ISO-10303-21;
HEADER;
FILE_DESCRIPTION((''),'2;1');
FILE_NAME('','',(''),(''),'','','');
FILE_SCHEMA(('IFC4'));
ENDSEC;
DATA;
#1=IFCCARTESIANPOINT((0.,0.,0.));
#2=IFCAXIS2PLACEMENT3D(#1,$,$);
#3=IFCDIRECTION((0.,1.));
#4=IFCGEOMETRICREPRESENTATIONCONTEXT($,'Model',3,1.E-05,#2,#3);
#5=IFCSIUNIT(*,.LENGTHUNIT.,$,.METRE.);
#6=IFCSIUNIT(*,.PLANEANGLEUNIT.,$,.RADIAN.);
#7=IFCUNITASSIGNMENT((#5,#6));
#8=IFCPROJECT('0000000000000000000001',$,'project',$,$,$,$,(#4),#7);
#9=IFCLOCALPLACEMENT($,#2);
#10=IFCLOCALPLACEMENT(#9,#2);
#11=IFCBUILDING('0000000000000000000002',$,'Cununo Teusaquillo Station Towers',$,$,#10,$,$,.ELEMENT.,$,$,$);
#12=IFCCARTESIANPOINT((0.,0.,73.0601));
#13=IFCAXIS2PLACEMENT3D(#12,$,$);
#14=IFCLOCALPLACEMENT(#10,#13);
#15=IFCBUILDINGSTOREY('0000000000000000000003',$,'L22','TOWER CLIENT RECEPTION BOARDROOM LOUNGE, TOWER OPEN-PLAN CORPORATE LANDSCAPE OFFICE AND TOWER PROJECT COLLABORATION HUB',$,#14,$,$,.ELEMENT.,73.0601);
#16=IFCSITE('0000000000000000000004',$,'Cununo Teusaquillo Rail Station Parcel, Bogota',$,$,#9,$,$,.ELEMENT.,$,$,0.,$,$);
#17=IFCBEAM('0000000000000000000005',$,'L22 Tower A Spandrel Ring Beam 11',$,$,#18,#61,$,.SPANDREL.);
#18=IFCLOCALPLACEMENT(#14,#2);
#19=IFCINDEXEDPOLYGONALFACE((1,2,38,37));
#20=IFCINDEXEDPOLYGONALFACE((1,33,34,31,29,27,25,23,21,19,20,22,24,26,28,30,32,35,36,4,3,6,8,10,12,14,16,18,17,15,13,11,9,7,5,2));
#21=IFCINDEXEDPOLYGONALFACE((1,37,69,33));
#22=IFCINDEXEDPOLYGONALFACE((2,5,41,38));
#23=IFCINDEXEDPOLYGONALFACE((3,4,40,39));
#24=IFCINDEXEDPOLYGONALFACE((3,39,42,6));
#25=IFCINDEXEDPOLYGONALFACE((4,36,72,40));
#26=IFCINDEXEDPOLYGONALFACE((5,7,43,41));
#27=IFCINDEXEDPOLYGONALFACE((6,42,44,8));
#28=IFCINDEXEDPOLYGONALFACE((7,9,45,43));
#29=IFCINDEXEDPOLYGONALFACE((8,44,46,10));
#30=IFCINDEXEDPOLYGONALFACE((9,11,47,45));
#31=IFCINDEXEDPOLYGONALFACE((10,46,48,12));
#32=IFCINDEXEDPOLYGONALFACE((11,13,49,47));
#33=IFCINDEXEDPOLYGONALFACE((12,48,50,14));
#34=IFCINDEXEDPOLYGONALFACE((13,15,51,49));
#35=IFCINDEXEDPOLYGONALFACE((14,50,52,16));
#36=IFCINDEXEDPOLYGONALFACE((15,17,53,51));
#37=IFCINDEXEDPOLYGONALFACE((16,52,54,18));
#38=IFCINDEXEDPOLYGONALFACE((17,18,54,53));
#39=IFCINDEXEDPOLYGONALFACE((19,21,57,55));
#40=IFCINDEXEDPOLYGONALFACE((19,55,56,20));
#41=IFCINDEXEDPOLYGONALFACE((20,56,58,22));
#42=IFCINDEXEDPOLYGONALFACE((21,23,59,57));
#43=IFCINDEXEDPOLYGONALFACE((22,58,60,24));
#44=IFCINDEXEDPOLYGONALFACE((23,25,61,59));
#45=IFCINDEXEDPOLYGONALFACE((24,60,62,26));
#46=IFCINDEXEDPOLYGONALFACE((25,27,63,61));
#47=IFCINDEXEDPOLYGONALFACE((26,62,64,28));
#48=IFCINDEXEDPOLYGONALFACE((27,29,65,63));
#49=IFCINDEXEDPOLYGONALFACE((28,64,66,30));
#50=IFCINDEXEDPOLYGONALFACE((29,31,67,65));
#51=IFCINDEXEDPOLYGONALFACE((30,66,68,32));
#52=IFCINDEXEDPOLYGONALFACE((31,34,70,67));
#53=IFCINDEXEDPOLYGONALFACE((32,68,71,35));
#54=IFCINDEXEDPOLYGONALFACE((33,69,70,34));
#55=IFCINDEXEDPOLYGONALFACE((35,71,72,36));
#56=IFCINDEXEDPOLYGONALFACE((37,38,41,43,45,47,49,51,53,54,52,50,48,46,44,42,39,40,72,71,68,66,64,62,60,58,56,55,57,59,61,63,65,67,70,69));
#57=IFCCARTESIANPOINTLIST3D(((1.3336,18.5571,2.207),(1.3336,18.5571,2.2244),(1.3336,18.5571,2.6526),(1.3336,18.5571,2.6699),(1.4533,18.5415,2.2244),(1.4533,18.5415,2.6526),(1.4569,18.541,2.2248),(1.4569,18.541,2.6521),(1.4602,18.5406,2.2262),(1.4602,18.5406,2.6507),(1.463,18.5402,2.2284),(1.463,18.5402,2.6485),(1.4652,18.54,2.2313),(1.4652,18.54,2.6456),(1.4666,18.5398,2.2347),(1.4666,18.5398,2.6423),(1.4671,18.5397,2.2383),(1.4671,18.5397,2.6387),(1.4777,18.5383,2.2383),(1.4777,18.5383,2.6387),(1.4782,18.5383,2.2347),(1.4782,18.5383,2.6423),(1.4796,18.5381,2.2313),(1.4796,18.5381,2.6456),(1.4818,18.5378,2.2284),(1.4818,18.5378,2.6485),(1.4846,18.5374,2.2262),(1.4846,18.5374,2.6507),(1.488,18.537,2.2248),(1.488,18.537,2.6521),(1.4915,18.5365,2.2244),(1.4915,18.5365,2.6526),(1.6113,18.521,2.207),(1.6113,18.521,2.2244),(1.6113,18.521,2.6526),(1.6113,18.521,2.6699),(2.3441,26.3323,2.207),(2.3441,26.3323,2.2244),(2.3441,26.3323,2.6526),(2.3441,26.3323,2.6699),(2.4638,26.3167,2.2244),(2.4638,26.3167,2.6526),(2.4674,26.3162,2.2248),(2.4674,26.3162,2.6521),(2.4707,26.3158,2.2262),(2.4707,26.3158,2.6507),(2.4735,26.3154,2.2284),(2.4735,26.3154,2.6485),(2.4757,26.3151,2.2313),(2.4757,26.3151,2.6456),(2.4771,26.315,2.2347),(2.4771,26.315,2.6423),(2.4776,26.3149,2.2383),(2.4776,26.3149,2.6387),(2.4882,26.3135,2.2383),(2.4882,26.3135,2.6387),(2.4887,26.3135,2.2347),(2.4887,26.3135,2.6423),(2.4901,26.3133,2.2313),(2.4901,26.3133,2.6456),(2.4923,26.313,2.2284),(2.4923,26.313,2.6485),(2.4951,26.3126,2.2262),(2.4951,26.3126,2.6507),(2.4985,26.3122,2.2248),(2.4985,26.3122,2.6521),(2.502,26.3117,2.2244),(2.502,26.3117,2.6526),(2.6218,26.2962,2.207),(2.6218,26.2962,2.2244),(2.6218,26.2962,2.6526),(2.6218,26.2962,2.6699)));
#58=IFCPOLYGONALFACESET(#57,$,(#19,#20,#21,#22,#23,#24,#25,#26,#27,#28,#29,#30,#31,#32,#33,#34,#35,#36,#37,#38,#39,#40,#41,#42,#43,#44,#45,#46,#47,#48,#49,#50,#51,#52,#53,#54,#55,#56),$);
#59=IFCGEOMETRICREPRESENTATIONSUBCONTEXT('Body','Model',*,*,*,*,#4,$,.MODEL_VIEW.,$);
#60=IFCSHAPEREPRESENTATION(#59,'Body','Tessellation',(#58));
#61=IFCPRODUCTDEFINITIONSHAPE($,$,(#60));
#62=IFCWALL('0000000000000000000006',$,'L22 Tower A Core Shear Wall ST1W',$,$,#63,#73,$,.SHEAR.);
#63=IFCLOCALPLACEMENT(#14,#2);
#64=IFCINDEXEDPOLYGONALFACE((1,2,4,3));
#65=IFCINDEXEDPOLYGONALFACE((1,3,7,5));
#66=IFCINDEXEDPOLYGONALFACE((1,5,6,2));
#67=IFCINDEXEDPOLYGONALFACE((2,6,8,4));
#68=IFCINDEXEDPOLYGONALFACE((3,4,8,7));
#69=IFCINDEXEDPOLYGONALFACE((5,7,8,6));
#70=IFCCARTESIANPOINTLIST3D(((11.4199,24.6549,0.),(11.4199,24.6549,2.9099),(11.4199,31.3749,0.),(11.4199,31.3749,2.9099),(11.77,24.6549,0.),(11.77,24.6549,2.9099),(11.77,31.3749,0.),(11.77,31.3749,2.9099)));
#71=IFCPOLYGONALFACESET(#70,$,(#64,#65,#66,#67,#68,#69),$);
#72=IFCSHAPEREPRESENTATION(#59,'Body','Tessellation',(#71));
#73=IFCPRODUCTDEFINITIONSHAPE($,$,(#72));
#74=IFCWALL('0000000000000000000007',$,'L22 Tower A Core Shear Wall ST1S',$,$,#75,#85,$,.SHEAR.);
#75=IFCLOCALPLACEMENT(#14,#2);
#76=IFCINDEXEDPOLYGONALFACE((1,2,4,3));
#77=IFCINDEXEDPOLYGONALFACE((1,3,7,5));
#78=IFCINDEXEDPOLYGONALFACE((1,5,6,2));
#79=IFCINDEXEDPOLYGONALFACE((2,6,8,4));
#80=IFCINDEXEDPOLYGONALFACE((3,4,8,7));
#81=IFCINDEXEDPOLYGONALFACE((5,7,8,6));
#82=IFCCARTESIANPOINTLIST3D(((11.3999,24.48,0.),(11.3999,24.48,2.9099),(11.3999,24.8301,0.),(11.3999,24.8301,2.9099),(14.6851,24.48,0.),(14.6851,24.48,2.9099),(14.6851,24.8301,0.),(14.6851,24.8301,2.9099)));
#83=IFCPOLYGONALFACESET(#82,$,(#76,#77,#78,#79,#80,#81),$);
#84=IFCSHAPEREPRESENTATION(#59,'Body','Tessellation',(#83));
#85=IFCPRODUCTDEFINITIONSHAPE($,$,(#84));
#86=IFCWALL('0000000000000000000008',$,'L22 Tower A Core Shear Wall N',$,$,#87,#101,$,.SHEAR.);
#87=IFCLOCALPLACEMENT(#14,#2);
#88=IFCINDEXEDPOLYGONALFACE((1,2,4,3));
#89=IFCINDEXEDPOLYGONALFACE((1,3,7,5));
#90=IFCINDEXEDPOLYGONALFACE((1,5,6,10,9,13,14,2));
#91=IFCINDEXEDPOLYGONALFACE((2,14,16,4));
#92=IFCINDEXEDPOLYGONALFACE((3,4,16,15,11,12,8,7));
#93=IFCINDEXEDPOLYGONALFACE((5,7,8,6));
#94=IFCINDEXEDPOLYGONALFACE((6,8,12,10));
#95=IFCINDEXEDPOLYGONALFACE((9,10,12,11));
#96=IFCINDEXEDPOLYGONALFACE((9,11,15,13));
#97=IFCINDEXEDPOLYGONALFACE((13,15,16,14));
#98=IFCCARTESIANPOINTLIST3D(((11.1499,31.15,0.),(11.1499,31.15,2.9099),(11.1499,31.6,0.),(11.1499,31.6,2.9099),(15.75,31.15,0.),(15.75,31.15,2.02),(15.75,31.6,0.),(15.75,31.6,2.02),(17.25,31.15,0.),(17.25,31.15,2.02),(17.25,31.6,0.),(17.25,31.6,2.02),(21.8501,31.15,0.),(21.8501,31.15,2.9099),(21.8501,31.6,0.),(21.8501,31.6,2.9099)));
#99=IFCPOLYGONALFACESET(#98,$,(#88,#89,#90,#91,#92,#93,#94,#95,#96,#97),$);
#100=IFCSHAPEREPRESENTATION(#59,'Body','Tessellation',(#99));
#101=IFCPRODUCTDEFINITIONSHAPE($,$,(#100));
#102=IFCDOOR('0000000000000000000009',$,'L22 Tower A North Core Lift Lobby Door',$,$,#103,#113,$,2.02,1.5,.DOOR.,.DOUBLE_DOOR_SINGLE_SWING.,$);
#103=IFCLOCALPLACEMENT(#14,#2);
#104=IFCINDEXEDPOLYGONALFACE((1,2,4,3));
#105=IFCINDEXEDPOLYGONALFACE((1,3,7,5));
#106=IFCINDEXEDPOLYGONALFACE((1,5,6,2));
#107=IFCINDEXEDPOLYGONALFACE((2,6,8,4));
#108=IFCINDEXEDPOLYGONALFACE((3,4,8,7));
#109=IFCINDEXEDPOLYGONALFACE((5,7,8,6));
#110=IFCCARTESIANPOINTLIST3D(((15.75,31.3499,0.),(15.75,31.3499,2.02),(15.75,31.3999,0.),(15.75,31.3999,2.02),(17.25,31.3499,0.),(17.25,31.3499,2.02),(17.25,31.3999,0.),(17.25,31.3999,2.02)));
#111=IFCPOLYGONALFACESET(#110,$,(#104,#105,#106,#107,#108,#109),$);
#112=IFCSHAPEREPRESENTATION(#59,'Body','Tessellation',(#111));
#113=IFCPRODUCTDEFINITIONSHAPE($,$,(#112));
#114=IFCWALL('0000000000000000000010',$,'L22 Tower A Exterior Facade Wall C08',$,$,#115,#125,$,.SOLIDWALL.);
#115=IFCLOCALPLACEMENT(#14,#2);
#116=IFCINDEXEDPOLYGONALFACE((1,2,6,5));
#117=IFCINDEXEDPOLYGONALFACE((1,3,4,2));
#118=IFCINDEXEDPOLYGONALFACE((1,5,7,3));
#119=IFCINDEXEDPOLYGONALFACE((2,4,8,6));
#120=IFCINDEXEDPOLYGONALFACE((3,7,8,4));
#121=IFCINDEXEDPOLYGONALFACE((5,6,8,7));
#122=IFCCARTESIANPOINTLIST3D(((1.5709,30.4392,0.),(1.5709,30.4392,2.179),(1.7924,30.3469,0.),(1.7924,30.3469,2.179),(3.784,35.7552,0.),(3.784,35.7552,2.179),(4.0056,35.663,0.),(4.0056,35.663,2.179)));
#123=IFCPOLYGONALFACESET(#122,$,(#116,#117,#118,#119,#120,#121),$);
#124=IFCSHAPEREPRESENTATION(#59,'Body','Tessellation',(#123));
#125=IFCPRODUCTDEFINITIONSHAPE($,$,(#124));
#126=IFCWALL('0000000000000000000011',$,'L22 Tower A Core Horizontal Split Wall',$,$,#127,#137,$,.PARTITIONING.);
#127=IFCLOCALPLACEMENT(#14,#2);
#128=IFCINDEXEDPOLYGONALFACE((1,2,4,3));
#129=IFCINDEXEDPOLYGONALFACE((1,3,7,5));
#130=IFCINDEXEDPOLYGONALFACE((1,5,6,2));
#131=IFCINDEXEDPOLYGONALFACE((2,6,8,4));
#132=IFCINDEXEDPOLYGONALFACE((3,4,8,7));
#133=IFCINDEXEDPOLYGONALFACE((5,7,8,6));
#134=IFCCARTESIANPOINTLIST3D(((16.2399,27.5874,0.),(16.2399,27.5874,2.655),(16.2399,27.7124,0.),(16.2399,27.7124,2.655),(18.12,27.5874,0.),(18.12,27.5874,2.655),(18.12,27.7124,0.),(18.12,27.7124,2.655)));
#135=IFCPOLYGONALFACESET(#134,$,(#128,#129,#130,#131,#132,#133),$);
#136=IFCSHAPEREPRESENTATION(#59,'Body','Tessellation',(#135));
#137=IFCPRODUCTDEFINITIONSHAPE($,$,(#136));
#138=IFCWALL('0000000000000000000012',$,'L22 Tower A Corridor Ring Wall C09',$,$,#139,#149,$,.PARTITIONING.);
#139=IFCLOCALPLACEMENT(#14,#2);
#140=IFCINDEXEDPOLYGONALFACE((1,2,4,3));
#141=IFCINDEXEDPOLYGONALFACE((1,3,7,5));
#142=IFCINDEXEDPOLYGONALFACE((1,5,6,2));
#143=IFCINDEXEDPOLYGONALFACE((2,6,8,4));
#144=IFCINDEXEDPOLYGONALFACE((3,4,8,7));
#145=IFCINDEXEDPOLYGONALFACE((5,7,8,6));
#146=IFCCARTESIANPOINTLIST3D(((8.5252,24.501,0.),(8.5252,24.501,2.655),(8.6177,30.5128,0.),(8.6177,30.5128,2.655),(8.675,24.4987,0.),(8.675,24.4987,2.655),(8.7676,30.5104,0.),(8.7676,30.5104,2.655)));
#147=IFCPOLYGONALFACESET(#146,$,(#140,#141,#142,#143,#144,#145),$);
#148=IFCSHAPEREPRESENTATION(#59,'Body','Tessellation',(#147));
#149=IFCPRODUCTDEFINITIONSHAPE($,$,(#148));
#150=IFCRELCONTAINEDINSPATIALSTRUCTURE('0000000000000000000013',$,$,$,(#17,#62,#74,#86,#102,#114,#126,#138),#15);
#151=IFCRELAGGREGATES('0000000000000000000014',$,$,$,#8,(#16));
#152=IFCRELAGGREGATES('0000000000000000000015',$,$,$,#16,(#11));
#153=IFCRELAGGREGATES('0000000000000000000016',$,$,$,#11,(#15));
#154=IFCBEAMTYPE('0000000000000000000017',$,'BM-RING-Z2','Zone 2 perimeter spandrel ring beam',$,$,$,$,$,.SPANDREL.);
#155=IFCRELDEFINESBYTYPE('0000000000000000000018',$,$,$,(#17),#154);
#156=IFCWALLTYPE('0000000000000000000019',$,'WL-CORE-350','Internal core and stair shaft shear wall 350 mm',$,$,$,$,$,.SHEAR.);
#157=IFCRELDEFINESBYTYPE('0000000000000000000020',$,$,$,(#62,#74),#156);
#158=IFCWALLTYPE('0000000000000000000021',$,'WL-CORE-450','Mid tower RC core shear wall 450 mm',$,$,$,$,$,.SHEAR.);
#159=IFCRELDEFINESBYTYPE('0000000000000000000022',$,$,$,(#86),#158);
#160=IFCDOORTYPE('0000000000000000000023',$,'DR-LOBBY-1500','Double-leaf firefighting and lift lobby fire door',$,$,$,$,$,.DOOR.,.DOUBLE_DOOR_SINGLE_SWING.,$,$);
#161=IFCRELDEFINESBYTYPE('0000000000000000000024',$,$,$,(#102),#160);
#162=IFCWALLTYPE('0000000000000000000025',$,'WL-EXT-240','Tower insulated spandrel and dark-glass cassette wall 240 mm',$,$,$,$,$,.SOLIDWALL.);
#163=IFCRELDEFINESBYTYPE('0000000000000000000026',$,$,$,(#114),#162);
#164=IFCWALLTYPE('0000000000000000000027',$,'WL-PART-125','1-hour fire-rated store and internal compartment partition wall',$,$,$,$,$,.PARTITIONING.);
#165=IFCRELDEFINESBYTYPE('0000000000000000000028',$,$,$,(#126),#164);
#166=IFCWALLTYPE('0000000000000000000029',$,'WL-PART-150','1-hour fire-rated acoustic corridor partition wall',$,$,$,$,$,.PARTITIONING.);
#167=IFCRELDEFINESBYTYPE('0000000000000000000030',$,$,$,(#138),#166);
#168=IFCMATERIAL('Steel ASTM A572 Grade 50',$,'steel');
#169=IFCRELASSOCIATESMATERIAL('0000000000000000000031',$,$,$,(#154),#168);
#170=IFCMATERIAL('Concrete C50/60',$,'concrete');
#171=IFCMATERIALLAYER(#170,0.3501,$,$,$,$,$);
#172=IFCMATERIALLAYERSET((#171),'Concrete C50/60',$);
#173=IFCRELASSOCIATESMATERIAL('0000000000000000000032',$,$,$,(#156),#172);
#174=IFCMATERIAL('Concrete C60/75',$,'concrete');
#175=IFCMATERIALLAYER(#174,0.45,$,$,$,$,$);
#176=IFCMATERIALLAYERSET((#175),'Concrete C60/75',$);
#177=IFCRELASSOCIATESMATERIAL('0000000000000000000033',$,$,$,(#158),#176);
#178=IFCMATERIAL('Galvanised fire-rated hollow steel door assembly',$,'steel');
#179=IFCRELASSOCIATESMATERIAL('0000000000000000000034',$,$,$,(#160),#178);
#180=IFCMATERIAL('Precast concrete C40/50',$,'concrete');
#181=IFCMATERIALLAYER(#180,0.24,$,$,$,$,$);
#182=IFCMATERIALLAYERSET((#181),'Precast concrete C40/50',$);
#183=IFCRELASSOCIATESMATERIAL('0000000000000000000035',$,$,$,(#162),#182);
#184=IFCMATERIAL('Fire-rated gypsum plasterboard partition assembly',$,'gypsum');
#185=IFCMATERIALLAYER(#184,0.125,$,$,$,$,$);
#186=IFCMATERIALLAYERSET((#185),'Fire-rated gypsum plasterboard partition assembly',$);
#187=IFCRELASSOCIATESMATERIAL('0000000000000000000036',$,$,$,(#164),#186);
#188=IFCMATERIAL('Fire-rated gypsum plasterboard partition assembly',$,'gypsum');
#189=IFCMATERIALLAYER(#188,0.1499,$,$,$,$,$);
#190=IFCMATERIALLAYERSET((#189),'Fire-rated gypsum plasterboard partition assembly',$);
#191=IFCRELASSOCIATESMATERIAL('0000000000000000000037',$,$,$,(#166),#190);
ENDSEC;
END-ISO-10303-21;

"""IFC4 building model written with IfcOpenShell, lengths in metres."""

from ifc_helpers import new_model, si_unit, direction, frame, frame_2d, origin, origin_2d, place, context, subcontext, project, spatial, rectangle, i_section, extrude, source, transform, mapped, material, layer, layer_set, material_profile, profile_set, type_object, element, fill, save


model = new_model("IFC4")

# Units and contexts
model_context = context("Model", 3, precision=1e-05, world=origin(), true_north=direction((0.0, 1.0)))
body_context = subcontext(model_context, "Body", "Model", "MODEL_VIEW")
ifc_project = project(units=[si_unit("LENGTHUNIT", "METRE"), si_unit("PLANEANGLEUNIT", "RADIAN")], contexts=[model_context])

# Site, building, storey
site_placement = place(None, origin())
site = spatial("IfcSite", under=ifc_project, at=site_placement, Name="Cununo Teusaquillo Rail Station Parcel, Bogota", CompositionType="ELEMENT", RefElevation=0.0)
building_placement = place(site_placement, origin())
building = spatial("IfcBuilding", under=site, at=building_placement, Name="Cununo Teusaquillo Station Towers", CompositionType="ELEMENT")
storey_placement = place(building_placement, frame((0.0, 0.0, 73.0601)))
storey = spatial("IfcBuildingStorey", under=building, at=storey_placement, Name="L22", Description="TOWER CLIENT RECEPTION BOARDROOM LOUNGE, TOWER OPEN-PLAN CORPORATE LANDSCAPE OFFICE AND TOWER PROJECT COLLABORATION HUB", CompositionType="ELEMENT", Elevation=73.0601)

# Beam
ifc_material_1 = material(Name="Steel ASTM A572 Grade 50", Category="steel")
ifc_material_profile_1 = material_profile(ifc_material_1, i_section(OverallWidth=0.28, OverallDepth=0.4629, WebThickness=0.0107, FlangeThickness=0.0173, FilletRadius=0.0139, at=origin_2d()), Name="W18X76")
ifc_profile_set_1 = profile_set([ifc_material_profile_1], Name="Steel ASTM A572 Grade 50")
beam_type_1 = type_object("IfcBeamType", Name="BM-RING-Z2", Description="Zone 2 perimeter spandrel ring beam", PredefinedType="SPANDREL", material=ifc_profile_set_1)
beam_1_placement = place(storey_placement, frame((2.4829, 26.3142, 2.4385), z_axis=(-0.128881, -0.99166, 0.0), x_axis=(0.99166, -0.128881, 0.0)))
element("IfcBeam", 1, at=beam_1_placement, inside=storey, type_object=beam_type_1, Name="L22 Tower A Spandrel Ring Beam 11", PredefinedType="SPANDREL", context=body_context, shape_type="SweptSolid", body=[
    extrude(i_section(OverallWidth=0.28, OverallDepth=0.4629, WebThickness=0.0107, FlangeThickness=0.0173, FilletRadius=0.0139, at=origin_2d()), origin(), (0.0, 0.0, 1.0), 7.8406),
])

# Walls
ifc_material_2 = material(Name="Concrete C50/60", Category="concrete")
ifc_layer_1 = layer(ifc_material_2, 0.3501)
ifc_layer_set_1 = layer_set([ifc_layer_1], Name="Concrete C50/60")
wall_type_1 = type_object("IfcWallType", Name="WL-CORE-350", Description="Internal core and stair shaft shear wall 350 mm", PredefinedType="SHEAR", material=ifc_layer_set_1)
wall_1_placement = place(storey_placement, frame((11.595, 24.655, 0.0), z_axis=(0.0, 0.0, 1.0), x_axis=(0.0, 1.0, 0.0)))
element("IfcWall", 2, at=wall_1_placement, inside=storey, type_object=wall_type_1, Name="L22 Tower A Core Shear Wall ST1W", PredefinedType="SHEAR", context=body_context, shape_type="SweptSolid", body=[
    extrude(rectangle(XDim=6.72, YDim=0.3501, at=frame_2d((3.3599, 0.0))), origin(), (0.0, 0.0, 1.0), 2.9099),
])
wall_2_placement = place(storey_placement, frame((11.3999, 24.655, 0.0), z_axis=(0.0, 0.0, 1.0), x_axis=(1.0, 0.0, 0.0)))
element("IfcWall", 3, at=wall_2_placement, inside=storey, type_object=wall_type_1, Name="L22 Tower A Core Shear Wall ST1S", PredefinedType="SHEAR", context=body_context, shape_type="SweptSolid", body=[
    extrude(rectangle(XDim=3.2852, YDim=0.3501, at=frame_2d((1.6426, 0.0))), origin(), (0.0, 0.0, 1.0), 2.9099),
])

# Wall, opening, door
ifc_material_3 = material(Name="Concrete C60/75", Category="concrete")
ifc_layer_2 = layer(ifc_material_3, 0.45)
ifc_layer_set_2 = layer_set([ifc_layer_2], Name="Concrete C60/75")
wall_type_2 = type_object("IfcWallType", Name="WL-CORE-450", Description="Mid tower RC core shear wall 450 mm", PredefinedType="SHEAR", material=ifc_layer_set_2)
wall_3_placement = place(storey_placement, frame((11.1499, 31.375, 0.0), z_axis=(0.0, 0.0, 1.0), x_axis=(1.0, 0.0, 0.0)))
wall_3 = element("IfcWall", 4, at=wall_3_placement, inside=storey, type_object=wall_type_2, Name="L22 Tower A Core Shear Wall N", PredefinedType="SHEAR", context=body_context, shape_type="SweptSolid", body=[
    extrude(rectangle(XDim=10.7002, YDim=0.45, at=frame_2d((5.3501, 0.0))), origin(), (0.0, 0.0, 1.0), 2.9099),
])
shared_shape_1 = source(origin(), body_context, "Body", "SweptSolid", [
    extrude(rectangle(XDim=1.5, YDim=2.02, at=frame_2d((0.75, 1.01))), frame((0.0, 0.2349, 0.0), z_axis=(0.0, -1.0, 0.0), x_axis=(1.0, 0.0, 0.0)), (0.0, 0.0, 1.0), 0.47),
])
opening_1_placement = place(wall_3_placement, frame((4.6001, 0.0, 0.0)))
opening_1 = element("IfcOpeningElement", 5, at=opening_1_placement, cuts=wall_3, PredefinedType="OPENING", context=body_context, shape_type="MappedRepresentation", body=[
    mapped(shared_shape_1, transform((0.0, 0.0, 0.0), x_axis=(1.0, 0.0, 0.0), y_axis=(0.0, 1.0, 0.0), z_axis=(0.0, 0.0, 1.0), scale=1.0)),
])
ifc_material_4 = material(Name="Galvanised fire-rated hollow steel door assembly", Category="steel")
door_type_1 = type_object("IfcDoorType", Name="DR-LOBBY-1500", Description="Double-leaf firefighting and lift lobby fire door", OperationType="DOUBLE_DOOR_SINGLE_SWING", PredefinedType="DOOR", material=ifc_material_4)
shared_shape_2 = source(origin(), body_context, "Body", "SweptSolid", [
    extrude(rectangle(XDim=1.5, YDim=2.02, at=frame_2d((0.75, 1.01))), frame((0.0, 0.0249, 0.0), z_axis=(0.0, -1.0, 0.0), x_axis=(1.0, 0.0, 0.0)), (0.0, 0.0, 1.0), 0.05),
])
door_1_placement = place(opening_1_placement, origin())
door_1 = element("IfcDoor", 6, at=door_1_placement, inside=storey, type_object=door_type_1, Name="L22 Tower A North Core Lift Lobby Door", OperationType="DOUBLE_DOOR_SINGLE_SWING", OverallHeight=2.02, OverallWidth=1.5, PredefinedType="DOOR", context=body_context, shape_type="MappedRepresentation", body=[
    mapped(shared_shape_2, transform((0.0, 0.0, 0.0), x_axis=(1.0, 0.0, 0.0), y_axis=(0.0, 1.0, 0.0), z_axis=(0.0, 0.0, 1.0), scale=1.0)),
])
fill(opening_1, door_1)

# Walls
ifc_material_5 = material(Name="Precast concrete C40/50", Category="concrete")
ifc_layer_3 = layer(ifc_material_5, 0.24)
ifc_layer_set_3 = layer_set([ifc_layer_3], Name="Precast concrete C40/50")
wall_type_3 = type_object("IfcWallType", Name="WL-EXT-240", Description="Tower insulated spandrel and dark-glass cassette wall 240 mm", PredefinedType="SOLIDWALL", material=ifc_layer_set_3)
wall_4_placement = place(storey_placement, frame((1.6816, 30.3931, 0.0), z_axis=(0.0, 0.0, 1.0), x_axis=(0.384344, 0.92319, 0.0)))
element("IfcWall", 7, at=wall_4_placement, inside=storey, type_object=wall_type_3, Name="L22 Tower A Exterior Facade Wall C08", PredefinedType="SOLIDWALL", context=body_context, shape_type="SweptSolid", body=[
    extrude(rectangle(XDim=5.7583, YDim=0.24, at=frame_2d((2.8792, 0.0))), origin(), (0.0, 0.0, 1.0), 2.179),
])
ifc_material_6 = material(Name="Fire-rated gypsum plasterboard partition assembly", Category="gypsum")
ifc_layer_4 = layer(ifc_material_6, 0.125)
ifc_layer_set_4 = layer_set([ifc_layer_4], Name="Fire-rated gypsum plasterboard partition assembly")
wall_type_4 = type_object("IfcWallType", Name="WL-PART-125", Description="1-hour fire-rated store and internal compartment partition wall", PredefinedType="PARTITIONING", material=ifc_layer_set_4)
wall_5_placement = place(storey_placement, frame((16.24, 27.6499, 0.0), z_axis=(0.0, 0.0, 1.0), x_axis=(1.0, 0.0, 0.0)))
element("IfcWall", 8, at=wall_5_placement, inside=storey, type_object=wall_type_4, Name="L22 Tower A Core Horizontal Split Wall", PredefinedType="PARTITIONING", context=body_context, shape_type="SweptSolid", body=[
    extrude(rectangle(XDim=1.8801, YDim=0.125, at=frame_2d((0.9399, 0.0))), origin(), (0.0, 0.0, 1.0), 2.655),
])
ifc_material_7 = material(Name="Fire-rated gypsum plasterboard partition assembly", Category="gypsum")
ifc_layer_5 = layer(ifc_material_7, 0.1499)
ifc_layer_set_5 = layer_set([ifc_layer_5], Name="Fire-rated gypsum plasterboard partition assembly")
wall_type_5 = type_object("IfcWallType", Name="WL-PART-150", Description="1-hour fire-rated acoustic corridor partition wall", PredefinedType="PARTITIONING", material=ifc_layer_set_5)
wall_6_placement = place(storey_placement, frame((8.6926, 30.5117, 0.0), z_axis=(0.0, 0.0, 1.0), x_axis=(-0.01539, -0.999882, 0.0)))
element("IfcWall", 9, at=wall_6_placement, inside=storey, type_object=wall_type_5, Name="L22 Tower A Corridor Ring Wall C09", PredefinedType="PARTITIONING", context=body_context, shape_type="SweptSolid", body=[
    extrude(rectangle(XDim=6.0125, YDim=0.1499, at=frame_2d((3.0063, 0.0))), origin(), (0.0, 0.0, 1.0), 2.655),
])

save(model, "model.ifc")
